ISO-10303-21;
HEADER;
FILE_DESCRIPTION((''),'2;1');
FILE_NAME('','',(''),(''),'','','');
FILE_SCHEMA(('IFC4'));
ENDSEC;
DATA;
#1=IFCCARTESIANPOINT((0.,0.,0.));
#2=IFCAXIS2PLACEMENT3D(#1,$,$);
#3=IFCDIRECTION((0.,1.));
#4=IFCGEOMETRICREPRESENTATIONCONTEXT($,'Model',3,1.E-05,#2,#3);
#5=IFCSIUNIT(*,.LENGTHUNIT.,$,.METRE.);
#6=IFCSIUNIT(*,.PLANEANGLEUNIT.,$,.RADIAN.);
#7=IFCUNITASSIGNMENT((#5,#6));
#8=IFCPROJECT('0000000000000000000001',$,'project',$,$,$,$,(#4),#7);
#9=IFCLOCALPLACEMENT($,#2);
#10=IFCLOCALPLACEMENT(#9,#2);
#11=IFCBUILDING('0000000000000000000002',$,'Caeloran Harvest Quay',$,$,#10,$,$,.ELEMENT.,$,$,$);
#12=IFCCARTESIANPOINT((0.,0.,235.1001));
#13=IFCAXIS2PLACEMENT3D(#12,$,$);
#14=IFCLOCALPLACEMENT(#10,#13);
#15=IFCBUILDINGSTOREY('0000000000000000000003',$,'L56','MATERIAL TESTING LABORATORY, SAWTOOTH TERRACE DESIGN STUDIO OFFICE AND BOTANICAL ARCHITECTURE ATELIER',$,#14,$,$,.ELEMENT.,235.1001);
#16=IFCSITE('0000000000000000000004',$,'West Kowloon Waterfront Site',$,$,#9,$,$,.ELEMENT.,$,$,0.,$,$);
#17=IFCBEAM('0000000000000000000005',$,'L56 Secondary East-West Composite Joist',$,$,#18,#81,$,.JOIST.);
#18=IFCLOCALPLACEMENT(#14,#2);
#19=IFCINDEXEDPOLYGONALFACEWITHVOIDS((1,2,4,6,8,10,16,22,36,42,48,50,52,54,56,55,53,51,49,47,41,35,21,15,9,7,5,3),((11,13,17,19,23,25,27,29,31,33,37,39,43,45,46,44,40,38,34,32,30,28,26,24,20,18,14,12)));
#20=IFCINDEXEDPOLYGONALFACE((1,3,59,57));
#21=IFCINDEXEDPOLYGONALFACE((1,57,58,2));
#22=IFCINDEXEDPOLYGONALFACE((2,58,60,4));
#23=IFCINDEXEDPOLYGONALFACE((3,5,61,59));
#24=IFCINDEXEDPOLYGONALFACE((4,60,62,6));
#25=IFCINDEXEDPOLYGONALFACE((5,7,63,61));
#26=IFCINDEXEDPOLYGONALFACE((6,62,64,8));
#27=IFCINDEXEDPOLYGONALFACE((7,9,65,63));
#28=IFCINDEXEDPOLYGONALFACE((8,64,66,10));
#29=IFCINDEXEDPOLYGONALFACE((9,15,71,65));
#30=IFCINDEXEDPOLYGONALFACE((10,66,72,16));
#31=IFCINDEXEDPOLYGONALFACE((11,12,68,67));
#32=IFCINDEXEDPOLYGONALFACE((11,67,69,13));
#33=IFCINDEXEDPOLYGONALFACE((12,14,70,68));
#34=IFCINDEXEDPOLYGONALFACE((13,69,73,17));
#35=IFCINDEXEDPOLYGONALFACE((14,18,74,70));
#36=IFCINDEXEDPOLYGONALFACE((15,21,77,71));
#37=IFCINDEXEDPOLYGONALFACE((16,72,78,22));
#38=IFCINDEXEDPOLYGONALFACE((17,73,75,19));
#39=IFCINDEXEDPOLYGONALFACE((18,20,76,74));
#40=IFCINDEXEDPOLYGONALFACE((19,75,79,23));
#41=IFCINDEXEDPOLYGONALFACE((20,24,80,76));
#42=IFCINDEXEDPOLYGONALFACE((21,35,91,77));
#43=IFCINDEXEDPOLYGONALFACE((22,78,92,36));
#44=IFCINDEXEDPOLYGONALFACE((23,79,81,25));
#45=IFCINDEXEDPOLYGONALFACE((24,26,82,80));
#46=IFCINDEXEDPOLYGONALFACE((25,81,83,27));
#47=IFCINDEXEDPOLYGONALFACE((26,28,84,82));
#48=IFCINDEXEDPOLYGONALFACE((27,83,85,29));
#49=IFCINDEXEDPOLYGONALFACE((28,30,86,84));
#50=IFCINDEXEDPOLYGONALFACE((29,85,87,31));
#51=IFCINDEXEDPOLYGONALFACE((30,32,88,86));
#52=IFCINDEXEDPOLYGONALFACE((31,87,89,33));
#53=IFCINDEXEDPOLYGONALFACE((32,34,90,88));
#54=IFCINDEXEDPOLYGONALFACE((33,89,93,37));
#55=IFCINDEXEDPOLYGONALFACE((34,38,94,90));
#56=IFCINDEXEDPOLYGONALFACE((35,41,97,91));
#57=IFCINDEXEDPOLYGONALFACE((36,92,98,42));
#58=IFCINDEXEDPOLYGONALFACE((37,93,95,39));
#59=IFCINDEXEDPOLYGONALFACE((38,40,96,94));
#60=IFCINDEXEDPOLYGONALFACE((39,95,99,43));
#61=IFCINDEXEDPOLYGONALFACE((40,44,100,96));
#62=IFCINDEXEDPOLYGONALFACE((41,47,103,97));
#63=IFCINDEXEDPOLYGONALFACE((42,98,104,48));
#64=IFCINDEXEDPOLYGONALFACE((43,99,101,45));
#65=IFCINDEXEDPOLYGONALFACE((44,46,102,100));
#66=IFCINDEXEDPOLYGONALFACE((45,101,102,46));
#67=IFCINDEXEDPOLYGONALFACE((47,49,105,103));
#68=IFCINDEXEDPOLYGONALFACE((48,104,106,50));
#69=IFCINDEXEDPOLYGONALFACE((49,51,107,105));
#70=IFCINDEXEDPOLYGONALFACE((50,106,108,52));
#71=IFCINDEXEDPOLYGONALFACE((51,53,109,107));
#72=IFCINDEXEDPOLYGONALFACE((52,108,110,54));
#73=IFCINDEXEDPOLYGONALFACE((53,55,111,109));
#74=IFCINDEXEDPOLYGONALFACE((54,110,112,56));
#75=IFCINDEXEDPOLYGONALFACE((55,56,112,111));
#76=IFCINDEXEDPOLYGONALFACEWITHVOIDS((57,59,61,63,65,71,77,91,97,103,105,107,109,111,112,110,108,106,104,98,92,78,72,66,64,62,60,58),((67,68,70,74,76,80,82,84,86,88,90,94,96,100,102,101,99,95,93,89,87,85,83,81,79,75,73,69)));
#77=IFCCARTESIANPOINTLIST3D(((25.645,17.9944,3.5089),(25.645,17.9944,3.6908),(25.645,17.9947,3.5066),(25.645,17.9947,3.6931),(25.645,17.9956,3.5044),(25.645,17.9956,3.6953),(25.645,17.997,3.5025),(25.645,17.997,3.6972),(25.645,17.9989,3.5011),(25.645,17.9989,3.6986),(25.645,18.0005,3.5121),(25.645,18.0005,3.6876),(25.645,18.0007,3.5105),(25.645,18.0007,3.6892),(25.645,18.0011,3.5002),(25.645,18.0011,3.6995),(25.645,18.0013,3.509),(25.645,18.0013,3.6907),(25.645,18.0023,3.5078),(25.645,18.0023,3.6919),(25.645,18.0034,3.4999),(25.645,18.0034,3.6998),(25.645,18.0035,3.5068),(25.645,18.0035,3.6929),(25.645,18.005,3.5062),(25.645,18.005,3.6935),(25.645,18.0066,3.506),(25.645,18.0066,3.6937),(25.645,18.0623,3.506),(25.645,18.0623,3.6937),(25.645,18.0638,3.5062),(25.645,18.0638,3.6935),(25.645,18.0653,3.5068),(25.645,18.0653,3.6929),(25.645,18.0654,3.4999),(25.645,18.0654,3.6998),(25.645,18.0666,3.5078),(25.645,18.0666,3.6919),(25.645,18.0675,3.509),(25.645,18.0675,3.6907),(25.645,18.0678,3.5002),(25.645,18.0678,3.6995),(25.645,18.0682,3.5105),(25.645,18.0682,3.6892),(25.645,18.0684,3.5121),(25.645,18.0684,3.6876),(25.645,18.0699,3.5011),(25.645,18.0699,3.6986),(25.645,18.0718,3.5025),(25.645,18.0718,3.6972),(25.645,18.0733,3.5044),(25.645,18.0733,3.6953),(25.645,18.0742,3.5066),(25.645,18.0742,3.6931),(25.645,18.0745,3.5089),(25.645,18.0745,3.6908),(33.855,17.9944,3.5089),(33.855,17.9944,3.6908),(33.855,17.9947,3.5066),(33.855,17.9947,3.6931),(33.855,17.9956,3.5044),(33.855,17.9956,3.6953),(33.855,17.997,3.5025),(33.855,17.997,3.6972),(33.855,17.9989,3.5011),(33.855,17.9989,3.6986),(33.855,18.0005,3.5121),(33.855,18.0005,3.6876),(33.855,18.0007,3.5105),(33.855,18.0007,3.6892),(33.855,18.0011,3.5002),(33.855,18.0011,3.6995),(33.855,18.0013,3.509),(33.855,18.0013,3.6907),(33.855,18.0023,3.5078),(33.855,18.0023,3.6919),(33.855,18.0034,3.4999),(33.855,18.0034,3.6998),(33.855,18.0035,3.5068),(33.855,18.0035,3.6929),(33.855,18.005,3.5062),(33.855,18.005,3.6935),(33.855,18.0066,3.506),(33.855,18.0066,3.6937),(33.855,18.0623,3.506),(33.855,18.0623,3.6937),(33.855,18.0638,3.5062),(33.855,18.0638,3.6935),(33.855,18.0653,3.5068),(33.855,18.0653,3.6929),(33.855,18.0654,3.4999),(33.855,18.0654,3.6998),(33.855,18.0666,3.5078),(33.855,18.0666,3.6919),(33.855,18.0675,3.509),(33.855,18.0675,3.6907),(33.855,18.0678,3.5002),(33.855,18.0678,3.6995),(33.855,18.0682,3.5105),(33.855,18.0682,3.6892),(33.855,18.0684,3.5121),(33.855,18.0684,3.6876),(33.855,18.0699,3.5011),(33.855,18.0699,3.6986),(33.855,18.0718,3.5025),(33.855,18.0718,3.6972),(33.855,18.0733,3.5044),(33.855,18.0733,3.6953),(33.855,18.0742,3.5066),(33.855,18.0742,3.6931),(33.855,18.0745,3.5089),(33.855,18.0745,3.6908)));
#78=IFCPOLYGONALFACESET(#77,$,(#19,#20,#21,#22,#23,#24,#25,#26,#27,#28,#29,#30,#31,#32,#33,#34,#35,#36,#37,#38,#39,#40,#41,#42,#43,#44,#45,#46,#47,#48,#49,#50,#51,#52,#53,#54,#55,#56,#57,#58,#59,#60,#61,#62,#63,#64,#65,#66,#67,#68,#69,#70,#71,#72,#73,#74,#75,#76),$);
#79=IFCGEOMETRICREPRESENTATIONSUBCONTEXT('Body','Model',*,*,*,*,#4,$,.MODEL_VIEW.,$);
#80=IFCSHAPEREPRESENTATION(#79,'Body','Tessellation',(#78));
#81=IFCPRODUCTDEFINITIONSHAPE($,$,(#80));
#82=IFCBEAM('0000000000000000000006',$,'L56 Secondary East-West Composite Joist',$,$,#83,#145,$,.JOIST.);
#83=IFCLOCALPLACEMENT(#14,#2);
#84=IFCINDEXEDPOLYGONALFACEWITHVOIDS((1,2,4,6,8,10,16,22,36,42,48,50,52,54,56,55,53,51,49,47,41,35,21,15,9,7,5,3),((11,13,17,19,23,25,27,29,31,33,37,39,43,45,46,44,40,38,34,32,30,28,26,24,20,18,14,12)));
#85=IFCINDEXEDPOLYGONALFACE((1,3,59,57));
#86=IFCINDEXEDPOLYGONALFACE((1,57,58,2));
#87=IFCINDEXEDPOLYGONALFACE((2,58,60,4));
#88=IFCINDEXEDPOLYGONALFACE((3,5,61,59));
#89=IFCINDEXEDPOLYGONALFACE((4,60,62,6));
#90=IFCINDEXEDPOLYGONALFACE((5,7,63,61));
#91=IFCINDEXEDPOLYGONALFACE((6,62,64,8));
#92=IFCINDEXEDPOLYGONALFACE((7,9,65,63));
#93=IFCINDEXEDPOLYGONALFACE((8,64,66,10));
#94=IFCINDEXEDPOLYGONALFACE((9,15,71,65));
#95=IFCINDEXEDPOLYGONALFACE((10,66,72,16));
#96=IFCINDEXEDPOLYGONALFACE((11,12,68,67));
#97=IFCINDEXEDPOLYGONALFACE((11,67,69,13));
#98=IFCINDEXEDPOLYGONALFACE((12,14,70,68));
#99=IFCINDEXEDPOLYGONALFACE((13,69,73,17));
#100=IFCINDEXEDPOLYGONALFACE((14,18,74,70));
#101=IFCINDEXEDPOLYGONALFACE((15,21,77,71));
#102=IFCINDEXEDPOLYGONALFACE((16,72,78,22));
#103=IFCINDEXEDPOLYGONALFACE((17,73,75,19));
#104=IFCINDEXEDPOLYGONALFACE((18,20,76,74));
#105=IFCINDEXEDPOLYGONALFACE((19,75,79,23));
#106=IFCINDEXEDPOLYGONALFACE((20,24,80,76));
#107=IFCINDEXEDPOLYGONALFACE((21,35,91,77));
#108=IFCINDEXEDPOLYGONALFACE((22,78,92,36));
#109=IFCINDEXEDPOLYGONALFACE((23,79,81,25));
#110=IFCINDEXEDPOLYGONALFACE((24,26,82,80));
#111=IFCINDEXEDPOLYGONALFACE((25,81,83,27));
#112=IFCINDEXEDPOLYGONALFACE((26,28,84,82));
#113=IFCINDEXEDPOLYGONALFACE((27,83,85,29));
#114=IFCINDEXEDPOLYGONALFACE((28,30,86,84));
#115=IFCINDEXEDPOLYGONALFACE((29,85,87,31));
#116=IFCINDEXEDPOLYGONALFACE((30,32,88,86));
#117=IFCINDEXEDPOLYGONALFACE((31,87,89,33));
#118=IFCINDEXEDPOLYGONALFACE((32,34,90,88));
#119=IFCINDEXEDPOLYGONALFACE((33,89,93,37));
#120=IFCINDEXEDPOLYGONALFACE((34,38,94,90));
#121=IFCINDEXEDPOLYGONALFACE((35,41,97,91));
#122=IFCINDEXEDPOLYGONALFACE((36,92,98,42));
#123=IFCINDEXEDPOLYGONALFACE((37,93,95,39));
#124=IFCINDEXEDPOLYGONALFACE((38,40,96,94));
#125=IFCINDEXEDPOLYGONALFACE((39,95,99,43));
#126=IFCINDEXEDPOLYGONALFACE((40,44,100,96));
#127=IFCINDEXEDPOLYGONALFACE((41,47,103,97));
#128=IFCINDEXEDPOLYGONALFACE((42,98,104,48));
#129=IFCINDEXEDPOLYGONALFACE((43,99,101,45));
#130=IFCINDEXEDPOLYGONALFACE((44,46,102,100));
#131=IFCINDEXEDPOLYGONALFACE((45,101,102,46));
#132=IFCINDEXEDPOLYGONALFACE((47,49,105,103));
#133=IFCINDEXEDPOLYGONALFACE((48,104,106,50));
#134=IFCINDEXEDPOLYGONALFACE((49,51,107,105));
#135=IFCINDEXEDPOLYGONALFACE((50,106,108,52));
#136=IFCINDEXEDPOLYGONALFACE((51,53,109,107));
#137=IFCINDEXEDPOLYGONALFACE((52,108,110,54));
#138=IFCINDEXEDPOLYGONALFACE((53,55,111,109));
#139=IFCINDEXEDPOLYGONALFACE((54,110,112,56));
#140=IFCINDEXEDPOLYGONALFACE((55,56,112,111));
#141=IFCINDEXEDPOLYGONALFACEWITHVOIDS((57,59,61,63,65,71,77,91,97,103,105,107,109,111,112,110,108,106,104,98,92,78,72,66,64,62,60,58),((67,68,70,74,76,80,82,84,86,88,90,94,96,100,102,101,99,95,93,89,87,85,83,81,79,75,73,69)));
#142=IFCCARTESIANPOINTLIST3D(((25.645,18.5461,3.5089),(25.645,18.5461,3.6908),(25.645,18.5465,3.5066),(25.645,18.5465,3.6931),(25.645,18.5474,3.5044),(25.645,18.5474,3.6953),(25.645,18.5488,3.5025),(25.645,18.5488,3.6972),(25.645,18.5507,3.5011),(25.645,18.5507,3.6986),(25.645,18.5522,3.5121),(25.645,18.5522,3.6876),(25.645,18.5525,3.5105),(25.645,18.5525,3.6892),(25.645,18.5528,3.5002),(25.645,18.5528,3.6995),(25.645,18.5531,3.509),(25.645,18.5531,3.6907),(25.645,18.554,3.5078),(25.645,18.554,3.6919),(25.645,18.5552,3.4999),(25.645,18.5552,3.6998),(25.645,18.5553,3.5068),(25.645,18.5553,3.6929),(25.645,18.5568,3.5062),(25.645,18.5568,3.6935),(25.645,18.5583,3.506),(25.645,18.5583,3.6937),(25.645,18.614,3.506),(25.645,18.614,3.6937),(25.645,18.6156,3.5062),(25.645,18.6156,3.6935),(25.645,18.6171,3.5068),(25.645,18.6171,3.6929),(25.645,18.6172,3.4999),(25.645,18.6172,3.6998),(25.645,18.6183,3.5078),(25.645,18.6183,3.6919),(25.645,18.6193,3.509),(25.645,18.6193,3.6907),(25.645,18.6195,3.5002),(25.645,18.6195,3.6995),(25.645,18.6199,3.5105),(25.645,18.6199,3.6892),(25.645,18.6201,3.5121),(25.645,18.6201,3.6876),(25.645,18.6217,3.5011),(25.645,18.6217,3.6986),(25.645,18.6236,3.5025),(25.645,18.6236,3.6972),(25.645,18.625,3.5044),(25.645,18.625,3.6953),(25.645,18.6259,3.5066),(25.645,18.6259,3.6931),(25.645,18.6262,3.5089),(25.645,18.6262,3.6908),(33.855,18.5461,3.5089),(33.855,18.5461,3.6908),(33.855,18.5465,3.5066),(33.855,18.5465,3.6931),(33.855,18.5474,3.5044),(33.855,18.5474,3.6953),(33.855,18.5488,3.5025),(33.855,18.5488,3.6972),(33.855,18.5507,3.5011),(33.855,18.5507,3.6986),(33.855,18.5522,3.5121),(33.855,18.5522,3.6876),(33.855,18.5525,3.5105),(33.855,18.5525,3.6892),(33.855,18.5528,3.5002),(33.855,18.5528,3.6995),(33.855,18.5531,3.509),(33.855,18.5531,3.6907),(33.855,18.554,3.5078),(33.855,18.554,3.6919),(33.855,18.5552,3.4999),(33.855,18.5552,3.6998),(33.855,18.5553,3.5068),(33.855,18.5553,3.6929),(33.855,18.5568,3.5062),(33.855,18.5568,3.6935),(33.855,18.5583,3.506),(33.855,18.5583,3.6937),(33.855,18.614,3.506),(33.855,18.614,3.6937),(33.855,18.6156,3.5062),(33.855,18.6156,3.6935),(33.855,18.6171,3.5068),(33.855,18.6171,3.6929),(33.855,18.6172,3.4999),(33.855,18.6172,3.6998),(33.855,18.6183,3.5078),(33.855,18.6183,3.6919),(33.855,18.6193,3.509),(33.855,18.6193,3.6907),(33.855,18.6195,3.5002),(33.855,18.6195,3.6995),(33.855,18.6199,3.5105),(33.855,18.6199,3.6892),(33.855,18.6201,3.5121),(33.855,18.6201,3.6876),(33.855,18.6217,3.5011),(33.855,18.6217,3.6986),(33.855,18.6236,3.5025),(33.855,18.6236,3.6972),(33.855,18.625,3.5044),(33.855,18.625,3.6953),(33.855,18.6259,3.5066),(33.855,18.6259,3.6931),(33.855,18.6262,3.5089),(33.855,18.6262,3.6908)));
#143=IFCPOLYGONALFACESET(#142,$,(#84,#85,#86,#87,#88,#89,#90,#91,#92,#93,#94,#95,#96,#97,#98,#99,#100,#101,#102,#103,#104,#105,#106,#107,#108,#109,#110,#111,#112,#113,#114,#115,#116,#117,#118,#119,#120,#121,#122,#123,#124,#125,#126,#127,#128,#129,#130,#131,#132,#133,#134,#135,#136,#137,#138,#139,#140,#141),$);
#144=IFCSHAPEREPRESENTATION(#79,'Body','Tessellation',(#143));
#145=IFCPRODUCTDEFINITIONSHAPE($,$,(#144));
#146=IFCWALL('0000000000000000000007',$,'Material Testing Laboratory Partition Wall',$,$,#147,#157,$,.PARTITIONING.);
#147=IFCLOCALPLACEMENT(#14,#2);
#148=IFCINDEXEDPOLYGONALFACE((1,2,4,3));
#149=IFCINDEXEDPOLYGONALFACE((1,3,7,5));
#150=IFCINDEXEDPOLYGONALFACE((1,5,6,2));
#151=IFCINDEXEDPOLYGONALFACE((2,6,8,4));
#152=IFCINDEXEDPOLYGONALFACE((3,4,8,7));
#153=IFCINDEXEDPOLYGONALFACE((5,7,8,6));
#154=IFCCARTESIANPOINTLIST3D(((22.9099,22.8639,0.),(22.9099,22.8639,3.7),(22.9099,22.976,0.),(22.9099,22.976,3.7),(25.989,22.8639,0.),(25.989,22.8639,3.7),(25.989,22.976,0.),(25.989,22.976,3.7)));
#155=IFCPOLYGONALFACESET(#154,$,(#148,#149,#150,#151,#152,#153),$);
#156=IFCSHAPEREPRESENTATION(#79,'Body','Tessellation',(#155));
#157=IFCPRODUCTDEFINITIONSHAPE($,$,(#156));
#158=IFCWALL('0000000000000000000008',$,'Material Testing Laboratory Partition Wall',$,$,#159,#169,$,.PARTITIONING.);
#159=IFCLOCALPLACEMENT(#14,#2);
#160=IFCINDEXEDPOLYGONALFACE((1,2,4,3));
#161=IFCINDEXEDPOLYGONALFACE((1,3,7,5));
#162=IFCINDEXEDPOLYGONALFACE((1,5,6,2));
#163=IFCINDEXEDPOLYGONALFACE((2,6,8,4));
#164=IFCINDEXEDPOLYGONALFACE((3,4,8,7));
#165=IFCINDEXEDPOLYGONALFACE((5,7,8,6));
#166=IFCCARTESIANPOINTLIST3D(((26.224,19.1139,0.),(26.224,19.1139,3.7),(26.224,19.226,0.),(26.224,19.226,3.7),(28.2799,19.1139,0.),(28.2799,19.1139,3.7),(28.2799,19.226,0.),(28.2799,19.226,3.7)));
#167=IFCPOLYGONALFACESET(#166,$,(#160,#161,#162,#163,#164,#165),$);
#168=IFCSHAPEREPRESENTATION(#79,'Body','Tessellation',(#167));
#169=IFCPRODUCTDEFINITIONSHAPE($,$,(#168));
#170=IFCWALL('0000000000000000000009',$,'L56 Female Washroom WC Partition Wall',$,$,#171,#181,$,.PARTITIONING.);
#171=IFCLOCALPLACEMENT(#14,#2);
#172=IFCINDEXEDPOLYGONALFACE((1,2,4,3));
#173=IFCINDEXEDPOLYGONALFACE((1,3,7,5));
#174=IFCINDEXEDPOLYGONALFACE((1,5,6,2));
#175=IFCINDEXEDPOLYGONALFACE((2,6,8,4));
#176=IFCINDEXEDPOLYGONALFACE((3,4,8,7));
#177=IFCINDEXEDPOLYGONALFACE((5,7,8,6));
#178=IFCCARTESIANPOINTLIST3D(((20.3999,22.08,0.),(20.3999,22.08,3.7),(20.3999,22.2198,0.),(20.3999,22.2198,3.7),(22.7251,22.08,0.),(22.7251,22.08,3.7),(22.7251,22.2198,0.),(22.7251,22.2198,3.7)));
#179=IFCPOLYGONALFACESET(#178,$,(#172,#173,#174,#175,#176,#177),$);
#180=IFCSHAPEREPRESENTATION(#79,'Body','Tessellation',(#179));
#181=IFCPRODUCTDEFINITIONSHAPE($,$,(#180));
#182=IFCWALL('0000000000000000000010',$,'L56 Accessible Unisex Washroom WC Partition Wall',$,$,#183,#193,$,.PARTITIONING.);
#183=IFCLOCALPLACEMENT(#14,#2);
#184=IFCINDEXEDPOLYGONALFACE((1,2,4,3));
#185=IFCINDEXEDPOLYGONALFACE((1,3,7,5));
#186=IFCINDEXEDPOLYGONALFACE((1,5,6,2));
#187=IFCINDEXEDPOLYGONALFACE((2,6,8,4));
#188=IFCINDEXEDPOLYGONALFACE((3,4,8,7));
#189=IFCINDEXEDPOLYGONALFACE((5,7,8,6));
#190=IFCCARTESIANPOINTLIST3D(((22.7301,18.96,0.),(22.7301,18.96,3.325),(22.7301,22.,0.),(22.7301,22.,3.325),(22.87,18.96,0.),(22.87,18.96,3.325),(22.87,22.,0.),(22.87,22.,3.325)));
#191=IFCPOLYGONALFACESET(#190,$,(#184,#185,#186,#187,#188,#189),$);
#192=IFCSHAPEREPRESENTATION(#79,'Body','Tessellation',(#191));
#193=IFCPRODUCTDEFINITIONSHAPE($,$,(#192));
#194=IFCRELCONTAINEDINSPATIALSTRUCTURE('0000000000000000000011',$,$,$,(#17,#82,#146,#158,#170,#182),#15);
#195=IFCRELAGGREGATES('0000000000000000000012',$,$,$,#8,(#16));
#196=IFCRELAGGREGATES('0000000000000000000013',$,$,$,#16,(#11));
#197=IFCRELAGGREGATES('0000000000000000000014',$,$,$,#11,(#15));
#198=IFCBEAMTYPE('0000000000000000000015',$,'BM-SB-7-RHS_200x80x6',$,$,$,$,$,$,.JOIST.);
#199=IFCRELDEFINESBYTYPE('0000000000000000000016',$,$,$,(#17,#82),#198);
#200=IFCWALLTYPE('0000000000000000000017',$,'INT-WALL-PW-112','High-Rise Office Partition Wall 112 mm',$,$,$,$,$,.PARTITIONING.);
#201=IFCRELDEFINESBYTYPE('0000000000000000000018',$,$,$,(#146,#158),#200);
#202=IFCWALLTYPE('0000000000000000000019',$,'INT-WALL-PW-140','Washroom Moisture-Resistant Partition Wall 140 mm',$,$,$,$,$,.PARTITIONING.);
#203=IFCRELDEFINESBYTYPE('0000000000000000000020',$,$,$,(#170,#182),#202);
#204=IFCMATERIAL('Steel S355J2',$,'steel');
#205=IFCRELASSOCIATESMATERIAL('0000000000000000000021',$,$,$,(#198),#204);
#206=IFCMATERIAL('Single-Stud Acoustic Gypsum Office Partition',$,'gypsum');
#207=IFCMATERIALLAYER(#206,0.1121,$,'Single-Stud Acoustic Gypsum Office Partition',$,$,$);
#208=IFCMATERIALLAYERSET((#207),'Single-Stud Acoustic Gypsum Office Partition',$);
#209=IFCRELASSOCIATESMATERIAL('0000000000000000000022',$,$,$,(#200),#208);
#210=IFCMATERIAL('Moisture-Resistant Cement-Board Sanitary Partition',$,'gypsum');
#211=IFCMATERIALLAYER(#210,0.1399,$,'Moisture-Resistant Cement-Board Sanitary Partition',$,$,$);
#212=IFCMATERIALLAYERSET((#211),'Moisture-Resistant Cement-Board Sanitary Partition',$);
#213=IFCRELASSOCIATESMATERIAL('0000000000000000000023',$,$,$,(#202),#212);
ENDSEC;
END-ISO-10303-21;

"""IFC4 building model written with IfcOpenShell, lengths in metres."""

from ifc_helpers import new_model, si_unit, direction, frame, frame_2d, origin, origin_2d, place, context, subcontext, project, spatial, rectangle, hollow_rectangle, extrude, material, layer, layer_set, material_profile, profile_set, type_object, element, save


model = new_model("IFC4")

# Units and contexts
model_context = context("Model", 3, precision=1e-05, world=origin(), true_north=direction((0.0, 1.0)))
body_context = subcontext(model_context, "Body", "Model", "MODEL_VIEW")
ifc_project = project(units=[si_unit("LENGTHUNIT", "METRE"), si_unit("PLANEANGLEUNIT", "RADIAN")], contexts=[model_context])

# Site, building, storey
site_placement = place(None, origin())
site = spatial("IfcSite", under=ifc_project, at=site_placement, Name="West Kowloon Waterfront Site", CompositionType="ELEMENT", RefElevation=0.0)
building_placement = place(site_placement, origin())
building = spatial("IfcBuilding", under=site, at=building_placement, Name="Caeloran Harvest Quay", CompositionType="ELEMENT")
storey_placement = place(building_placement, frame((0.0, 0.0, 235.1001)))
storey = spatial("IfcBuildingStorey", under=building, at=storey_placement, Name="L56", Description="MATERIAL TESTING LABORATORY, SAWTOOTH TERRACE DESIGN STUDIO OFFICE AND BOTANICAL ARCHITECTURE ATELIER", CompositionType="ELEMENT", Elevation=235.1001)

# Beams
ifc_material_1 = material(Name="Steel S355J2", Category="steel")
ifc_material_profile_1 = material_profile(ifc_material_1, hollow_rectangle(XDim=0.0801, YDim=0.2, WallThickness=0.0061, InnerFilletRadius=0.0061, OuterFilletRadius=0.009, at=origin_2d()), Name="RHS 200x80x6")
ifc_profile_set_1 = profile_set([ifc_material_profile_1], Name="Steel S355J2")
beam_type_1 = type_object("IfcBeamType", Name="BM-SB-7-RHS_200x80x6", PredefinedType="JOIST", material=ifc_profile_set_1)
for number, where, z_axis, x_axis, name in (
    (1, (25.645, 18.0344, 3.5999), (1.0, 0.0, 0.0), (0.0, 1.0, 0.0), "L56 Secondary East-West Composite Joist"),
    (2, (25.645, 18.5862, 3.5999), (1.0, 0.0, 0.0), (0.0, 1.0, 0.0), "L56 Secondary East-West Composite Joist"),
):
    element("IfcBeam", number, at=place(storey_placement, frame(where, z_axis=z_axis, x_axis=x_axis)), inside=storey, type_object=beam_type_1, Name=name, PredefinedType="JOIST", context=body_context, shape_type="SweptSolid", body=[
        extrude(hollow_rectangle(XDim=0.0801, YDim=0.2, WallThickness=0.0061, InnerFilletRadius=0.0061, OuterFilletRadius=0.009, at=origin_2d()), origin(), (0.0, 0.0, 1.0), 8.21),
    ])

# Walls
ifc_material_2 = material(Name="Single-Stud Acoustic Gypsum Office Partition", Category="gypsum")
ifc_layer_1 = layer(ifc_material_2, 0.1121, Name="Single-Stud Acoustic Gypsum Office Partition")
ifc_layer_set_1 = layer_set([ifc_layer_1], Name="Single-Stud Acoustic Gypsum Office Partition")
wall_type_1 = type_object("IfcWallType", Name="INT-WALL-PW-112", Description="High-Rise Office Partition Wall 112 mm", PredefinedType="PARTITIONING", material=ifc_layer_set_1)
wall_1_placement = place(storey_placement, frame((22.9099, 22.9199, 0.0), z_axis=(0.0, 0.0, 1.0), x_axis=(1.0, 0.0, 0.0)))
element("IfcWall", 3, at=wall_1_placement, inside=storey, type_object=wall_type_1, Name="Material Testing Laboratory Partition Wall", PredefinedType="PARTITIONING", context=body_context, shape_type="SweptSolid", body=[
    extrude(rectangle(XDim=3.0791, YDim=0.1121, at=frame_2d((1.5396, 0.0))), origin(), (0.0, 0.0, 1.0), 3.7),
])
wall_2_placement = place(storey_placement, frame((26.2241, 19.1699, 0.0), z_axis=(0.0, 0.0, 1.0), x_axis=(1.0, 0.0, 0.0)))
element("IfcWall", 4, at=wall_2_placement, inside=storey, type_object=wall_type_1, Name="Material Testing Laboratory Partition Wall", PredefinedType="PARTITIONING", context=body_context, shape_type="SweptSolid", body=[
    extrude(rectangle(XDim=2.0559, YDim=0.1121, at=frame_2d((1.0278, 0.0))), origin(), (0.0, 0.0, 1.0), 3.7),
])
ifc_material_3 = material(Name="Moisture-Resistant Cement-Board Sanitary Partition", Category="gypsum")
ifc_layer_2 = layer(ifc_material_3, 0.1399, Name="Moisture-Resistant Cement-Board Sanitary Partition")
ifc_layer_set_2 = layer_set([ifc_layer_2], Name="Moisture-Resistant Cement-Board Sanitary Partition")
wall_type_2 = type_object("IfcWallType", Name="INT-WALL-PW-140", Description="Washroom Moisture-Resistant Partition Wall 140 mm", PredefinedType="PARTITIONING", material=ifc_layer_set_2)
wall_3_placement = place(storey_placement, frame((22.7251, 22.1499, 0.0), z_axis=(0.0, 0.0, 1.0), x_axis=(-1.0, 0.0, 0.0)))
element("IfcWall", 5, at=wall_3_placement, inside=storey, type_object=wall_type_2, Name="L56 Female Washroom WC Partition Wall", PredefinedType="PARTITIONING", context=body_context, shape_type="SweptSolid", body=[
    extrude(rectangle(XDim=2.3252, YDim=0.1399, at=frame_2d((1.1626, 0.0))), origin(), (0.0, 0.0, 1.0), 3.7),
])

# Wall
wall_4_placement = place(storey_placement, frame((22.8, 22.0, 0.0), z_axis=(0.0, 0.0, 1.0), x_axis=(0.0, -1.0, 0.0)))
element("IfcWall", 6, at=wall_4_placement, inside=storey, type_object=wall_type_2, Name="L56 Accessible Unisex Washroom WC Partition Wall", PredefinedType="PARTITIONING", context=body_context, shape_type="SweptSolid", body=[
    extrude(rectangle(XDim=3.04, YDim=0.1399, at=frame_2d((1.52, 0.0))), origin(), (0.0, 0.0, 1.0), 3.325),
])

save(model, "model.ifc")
